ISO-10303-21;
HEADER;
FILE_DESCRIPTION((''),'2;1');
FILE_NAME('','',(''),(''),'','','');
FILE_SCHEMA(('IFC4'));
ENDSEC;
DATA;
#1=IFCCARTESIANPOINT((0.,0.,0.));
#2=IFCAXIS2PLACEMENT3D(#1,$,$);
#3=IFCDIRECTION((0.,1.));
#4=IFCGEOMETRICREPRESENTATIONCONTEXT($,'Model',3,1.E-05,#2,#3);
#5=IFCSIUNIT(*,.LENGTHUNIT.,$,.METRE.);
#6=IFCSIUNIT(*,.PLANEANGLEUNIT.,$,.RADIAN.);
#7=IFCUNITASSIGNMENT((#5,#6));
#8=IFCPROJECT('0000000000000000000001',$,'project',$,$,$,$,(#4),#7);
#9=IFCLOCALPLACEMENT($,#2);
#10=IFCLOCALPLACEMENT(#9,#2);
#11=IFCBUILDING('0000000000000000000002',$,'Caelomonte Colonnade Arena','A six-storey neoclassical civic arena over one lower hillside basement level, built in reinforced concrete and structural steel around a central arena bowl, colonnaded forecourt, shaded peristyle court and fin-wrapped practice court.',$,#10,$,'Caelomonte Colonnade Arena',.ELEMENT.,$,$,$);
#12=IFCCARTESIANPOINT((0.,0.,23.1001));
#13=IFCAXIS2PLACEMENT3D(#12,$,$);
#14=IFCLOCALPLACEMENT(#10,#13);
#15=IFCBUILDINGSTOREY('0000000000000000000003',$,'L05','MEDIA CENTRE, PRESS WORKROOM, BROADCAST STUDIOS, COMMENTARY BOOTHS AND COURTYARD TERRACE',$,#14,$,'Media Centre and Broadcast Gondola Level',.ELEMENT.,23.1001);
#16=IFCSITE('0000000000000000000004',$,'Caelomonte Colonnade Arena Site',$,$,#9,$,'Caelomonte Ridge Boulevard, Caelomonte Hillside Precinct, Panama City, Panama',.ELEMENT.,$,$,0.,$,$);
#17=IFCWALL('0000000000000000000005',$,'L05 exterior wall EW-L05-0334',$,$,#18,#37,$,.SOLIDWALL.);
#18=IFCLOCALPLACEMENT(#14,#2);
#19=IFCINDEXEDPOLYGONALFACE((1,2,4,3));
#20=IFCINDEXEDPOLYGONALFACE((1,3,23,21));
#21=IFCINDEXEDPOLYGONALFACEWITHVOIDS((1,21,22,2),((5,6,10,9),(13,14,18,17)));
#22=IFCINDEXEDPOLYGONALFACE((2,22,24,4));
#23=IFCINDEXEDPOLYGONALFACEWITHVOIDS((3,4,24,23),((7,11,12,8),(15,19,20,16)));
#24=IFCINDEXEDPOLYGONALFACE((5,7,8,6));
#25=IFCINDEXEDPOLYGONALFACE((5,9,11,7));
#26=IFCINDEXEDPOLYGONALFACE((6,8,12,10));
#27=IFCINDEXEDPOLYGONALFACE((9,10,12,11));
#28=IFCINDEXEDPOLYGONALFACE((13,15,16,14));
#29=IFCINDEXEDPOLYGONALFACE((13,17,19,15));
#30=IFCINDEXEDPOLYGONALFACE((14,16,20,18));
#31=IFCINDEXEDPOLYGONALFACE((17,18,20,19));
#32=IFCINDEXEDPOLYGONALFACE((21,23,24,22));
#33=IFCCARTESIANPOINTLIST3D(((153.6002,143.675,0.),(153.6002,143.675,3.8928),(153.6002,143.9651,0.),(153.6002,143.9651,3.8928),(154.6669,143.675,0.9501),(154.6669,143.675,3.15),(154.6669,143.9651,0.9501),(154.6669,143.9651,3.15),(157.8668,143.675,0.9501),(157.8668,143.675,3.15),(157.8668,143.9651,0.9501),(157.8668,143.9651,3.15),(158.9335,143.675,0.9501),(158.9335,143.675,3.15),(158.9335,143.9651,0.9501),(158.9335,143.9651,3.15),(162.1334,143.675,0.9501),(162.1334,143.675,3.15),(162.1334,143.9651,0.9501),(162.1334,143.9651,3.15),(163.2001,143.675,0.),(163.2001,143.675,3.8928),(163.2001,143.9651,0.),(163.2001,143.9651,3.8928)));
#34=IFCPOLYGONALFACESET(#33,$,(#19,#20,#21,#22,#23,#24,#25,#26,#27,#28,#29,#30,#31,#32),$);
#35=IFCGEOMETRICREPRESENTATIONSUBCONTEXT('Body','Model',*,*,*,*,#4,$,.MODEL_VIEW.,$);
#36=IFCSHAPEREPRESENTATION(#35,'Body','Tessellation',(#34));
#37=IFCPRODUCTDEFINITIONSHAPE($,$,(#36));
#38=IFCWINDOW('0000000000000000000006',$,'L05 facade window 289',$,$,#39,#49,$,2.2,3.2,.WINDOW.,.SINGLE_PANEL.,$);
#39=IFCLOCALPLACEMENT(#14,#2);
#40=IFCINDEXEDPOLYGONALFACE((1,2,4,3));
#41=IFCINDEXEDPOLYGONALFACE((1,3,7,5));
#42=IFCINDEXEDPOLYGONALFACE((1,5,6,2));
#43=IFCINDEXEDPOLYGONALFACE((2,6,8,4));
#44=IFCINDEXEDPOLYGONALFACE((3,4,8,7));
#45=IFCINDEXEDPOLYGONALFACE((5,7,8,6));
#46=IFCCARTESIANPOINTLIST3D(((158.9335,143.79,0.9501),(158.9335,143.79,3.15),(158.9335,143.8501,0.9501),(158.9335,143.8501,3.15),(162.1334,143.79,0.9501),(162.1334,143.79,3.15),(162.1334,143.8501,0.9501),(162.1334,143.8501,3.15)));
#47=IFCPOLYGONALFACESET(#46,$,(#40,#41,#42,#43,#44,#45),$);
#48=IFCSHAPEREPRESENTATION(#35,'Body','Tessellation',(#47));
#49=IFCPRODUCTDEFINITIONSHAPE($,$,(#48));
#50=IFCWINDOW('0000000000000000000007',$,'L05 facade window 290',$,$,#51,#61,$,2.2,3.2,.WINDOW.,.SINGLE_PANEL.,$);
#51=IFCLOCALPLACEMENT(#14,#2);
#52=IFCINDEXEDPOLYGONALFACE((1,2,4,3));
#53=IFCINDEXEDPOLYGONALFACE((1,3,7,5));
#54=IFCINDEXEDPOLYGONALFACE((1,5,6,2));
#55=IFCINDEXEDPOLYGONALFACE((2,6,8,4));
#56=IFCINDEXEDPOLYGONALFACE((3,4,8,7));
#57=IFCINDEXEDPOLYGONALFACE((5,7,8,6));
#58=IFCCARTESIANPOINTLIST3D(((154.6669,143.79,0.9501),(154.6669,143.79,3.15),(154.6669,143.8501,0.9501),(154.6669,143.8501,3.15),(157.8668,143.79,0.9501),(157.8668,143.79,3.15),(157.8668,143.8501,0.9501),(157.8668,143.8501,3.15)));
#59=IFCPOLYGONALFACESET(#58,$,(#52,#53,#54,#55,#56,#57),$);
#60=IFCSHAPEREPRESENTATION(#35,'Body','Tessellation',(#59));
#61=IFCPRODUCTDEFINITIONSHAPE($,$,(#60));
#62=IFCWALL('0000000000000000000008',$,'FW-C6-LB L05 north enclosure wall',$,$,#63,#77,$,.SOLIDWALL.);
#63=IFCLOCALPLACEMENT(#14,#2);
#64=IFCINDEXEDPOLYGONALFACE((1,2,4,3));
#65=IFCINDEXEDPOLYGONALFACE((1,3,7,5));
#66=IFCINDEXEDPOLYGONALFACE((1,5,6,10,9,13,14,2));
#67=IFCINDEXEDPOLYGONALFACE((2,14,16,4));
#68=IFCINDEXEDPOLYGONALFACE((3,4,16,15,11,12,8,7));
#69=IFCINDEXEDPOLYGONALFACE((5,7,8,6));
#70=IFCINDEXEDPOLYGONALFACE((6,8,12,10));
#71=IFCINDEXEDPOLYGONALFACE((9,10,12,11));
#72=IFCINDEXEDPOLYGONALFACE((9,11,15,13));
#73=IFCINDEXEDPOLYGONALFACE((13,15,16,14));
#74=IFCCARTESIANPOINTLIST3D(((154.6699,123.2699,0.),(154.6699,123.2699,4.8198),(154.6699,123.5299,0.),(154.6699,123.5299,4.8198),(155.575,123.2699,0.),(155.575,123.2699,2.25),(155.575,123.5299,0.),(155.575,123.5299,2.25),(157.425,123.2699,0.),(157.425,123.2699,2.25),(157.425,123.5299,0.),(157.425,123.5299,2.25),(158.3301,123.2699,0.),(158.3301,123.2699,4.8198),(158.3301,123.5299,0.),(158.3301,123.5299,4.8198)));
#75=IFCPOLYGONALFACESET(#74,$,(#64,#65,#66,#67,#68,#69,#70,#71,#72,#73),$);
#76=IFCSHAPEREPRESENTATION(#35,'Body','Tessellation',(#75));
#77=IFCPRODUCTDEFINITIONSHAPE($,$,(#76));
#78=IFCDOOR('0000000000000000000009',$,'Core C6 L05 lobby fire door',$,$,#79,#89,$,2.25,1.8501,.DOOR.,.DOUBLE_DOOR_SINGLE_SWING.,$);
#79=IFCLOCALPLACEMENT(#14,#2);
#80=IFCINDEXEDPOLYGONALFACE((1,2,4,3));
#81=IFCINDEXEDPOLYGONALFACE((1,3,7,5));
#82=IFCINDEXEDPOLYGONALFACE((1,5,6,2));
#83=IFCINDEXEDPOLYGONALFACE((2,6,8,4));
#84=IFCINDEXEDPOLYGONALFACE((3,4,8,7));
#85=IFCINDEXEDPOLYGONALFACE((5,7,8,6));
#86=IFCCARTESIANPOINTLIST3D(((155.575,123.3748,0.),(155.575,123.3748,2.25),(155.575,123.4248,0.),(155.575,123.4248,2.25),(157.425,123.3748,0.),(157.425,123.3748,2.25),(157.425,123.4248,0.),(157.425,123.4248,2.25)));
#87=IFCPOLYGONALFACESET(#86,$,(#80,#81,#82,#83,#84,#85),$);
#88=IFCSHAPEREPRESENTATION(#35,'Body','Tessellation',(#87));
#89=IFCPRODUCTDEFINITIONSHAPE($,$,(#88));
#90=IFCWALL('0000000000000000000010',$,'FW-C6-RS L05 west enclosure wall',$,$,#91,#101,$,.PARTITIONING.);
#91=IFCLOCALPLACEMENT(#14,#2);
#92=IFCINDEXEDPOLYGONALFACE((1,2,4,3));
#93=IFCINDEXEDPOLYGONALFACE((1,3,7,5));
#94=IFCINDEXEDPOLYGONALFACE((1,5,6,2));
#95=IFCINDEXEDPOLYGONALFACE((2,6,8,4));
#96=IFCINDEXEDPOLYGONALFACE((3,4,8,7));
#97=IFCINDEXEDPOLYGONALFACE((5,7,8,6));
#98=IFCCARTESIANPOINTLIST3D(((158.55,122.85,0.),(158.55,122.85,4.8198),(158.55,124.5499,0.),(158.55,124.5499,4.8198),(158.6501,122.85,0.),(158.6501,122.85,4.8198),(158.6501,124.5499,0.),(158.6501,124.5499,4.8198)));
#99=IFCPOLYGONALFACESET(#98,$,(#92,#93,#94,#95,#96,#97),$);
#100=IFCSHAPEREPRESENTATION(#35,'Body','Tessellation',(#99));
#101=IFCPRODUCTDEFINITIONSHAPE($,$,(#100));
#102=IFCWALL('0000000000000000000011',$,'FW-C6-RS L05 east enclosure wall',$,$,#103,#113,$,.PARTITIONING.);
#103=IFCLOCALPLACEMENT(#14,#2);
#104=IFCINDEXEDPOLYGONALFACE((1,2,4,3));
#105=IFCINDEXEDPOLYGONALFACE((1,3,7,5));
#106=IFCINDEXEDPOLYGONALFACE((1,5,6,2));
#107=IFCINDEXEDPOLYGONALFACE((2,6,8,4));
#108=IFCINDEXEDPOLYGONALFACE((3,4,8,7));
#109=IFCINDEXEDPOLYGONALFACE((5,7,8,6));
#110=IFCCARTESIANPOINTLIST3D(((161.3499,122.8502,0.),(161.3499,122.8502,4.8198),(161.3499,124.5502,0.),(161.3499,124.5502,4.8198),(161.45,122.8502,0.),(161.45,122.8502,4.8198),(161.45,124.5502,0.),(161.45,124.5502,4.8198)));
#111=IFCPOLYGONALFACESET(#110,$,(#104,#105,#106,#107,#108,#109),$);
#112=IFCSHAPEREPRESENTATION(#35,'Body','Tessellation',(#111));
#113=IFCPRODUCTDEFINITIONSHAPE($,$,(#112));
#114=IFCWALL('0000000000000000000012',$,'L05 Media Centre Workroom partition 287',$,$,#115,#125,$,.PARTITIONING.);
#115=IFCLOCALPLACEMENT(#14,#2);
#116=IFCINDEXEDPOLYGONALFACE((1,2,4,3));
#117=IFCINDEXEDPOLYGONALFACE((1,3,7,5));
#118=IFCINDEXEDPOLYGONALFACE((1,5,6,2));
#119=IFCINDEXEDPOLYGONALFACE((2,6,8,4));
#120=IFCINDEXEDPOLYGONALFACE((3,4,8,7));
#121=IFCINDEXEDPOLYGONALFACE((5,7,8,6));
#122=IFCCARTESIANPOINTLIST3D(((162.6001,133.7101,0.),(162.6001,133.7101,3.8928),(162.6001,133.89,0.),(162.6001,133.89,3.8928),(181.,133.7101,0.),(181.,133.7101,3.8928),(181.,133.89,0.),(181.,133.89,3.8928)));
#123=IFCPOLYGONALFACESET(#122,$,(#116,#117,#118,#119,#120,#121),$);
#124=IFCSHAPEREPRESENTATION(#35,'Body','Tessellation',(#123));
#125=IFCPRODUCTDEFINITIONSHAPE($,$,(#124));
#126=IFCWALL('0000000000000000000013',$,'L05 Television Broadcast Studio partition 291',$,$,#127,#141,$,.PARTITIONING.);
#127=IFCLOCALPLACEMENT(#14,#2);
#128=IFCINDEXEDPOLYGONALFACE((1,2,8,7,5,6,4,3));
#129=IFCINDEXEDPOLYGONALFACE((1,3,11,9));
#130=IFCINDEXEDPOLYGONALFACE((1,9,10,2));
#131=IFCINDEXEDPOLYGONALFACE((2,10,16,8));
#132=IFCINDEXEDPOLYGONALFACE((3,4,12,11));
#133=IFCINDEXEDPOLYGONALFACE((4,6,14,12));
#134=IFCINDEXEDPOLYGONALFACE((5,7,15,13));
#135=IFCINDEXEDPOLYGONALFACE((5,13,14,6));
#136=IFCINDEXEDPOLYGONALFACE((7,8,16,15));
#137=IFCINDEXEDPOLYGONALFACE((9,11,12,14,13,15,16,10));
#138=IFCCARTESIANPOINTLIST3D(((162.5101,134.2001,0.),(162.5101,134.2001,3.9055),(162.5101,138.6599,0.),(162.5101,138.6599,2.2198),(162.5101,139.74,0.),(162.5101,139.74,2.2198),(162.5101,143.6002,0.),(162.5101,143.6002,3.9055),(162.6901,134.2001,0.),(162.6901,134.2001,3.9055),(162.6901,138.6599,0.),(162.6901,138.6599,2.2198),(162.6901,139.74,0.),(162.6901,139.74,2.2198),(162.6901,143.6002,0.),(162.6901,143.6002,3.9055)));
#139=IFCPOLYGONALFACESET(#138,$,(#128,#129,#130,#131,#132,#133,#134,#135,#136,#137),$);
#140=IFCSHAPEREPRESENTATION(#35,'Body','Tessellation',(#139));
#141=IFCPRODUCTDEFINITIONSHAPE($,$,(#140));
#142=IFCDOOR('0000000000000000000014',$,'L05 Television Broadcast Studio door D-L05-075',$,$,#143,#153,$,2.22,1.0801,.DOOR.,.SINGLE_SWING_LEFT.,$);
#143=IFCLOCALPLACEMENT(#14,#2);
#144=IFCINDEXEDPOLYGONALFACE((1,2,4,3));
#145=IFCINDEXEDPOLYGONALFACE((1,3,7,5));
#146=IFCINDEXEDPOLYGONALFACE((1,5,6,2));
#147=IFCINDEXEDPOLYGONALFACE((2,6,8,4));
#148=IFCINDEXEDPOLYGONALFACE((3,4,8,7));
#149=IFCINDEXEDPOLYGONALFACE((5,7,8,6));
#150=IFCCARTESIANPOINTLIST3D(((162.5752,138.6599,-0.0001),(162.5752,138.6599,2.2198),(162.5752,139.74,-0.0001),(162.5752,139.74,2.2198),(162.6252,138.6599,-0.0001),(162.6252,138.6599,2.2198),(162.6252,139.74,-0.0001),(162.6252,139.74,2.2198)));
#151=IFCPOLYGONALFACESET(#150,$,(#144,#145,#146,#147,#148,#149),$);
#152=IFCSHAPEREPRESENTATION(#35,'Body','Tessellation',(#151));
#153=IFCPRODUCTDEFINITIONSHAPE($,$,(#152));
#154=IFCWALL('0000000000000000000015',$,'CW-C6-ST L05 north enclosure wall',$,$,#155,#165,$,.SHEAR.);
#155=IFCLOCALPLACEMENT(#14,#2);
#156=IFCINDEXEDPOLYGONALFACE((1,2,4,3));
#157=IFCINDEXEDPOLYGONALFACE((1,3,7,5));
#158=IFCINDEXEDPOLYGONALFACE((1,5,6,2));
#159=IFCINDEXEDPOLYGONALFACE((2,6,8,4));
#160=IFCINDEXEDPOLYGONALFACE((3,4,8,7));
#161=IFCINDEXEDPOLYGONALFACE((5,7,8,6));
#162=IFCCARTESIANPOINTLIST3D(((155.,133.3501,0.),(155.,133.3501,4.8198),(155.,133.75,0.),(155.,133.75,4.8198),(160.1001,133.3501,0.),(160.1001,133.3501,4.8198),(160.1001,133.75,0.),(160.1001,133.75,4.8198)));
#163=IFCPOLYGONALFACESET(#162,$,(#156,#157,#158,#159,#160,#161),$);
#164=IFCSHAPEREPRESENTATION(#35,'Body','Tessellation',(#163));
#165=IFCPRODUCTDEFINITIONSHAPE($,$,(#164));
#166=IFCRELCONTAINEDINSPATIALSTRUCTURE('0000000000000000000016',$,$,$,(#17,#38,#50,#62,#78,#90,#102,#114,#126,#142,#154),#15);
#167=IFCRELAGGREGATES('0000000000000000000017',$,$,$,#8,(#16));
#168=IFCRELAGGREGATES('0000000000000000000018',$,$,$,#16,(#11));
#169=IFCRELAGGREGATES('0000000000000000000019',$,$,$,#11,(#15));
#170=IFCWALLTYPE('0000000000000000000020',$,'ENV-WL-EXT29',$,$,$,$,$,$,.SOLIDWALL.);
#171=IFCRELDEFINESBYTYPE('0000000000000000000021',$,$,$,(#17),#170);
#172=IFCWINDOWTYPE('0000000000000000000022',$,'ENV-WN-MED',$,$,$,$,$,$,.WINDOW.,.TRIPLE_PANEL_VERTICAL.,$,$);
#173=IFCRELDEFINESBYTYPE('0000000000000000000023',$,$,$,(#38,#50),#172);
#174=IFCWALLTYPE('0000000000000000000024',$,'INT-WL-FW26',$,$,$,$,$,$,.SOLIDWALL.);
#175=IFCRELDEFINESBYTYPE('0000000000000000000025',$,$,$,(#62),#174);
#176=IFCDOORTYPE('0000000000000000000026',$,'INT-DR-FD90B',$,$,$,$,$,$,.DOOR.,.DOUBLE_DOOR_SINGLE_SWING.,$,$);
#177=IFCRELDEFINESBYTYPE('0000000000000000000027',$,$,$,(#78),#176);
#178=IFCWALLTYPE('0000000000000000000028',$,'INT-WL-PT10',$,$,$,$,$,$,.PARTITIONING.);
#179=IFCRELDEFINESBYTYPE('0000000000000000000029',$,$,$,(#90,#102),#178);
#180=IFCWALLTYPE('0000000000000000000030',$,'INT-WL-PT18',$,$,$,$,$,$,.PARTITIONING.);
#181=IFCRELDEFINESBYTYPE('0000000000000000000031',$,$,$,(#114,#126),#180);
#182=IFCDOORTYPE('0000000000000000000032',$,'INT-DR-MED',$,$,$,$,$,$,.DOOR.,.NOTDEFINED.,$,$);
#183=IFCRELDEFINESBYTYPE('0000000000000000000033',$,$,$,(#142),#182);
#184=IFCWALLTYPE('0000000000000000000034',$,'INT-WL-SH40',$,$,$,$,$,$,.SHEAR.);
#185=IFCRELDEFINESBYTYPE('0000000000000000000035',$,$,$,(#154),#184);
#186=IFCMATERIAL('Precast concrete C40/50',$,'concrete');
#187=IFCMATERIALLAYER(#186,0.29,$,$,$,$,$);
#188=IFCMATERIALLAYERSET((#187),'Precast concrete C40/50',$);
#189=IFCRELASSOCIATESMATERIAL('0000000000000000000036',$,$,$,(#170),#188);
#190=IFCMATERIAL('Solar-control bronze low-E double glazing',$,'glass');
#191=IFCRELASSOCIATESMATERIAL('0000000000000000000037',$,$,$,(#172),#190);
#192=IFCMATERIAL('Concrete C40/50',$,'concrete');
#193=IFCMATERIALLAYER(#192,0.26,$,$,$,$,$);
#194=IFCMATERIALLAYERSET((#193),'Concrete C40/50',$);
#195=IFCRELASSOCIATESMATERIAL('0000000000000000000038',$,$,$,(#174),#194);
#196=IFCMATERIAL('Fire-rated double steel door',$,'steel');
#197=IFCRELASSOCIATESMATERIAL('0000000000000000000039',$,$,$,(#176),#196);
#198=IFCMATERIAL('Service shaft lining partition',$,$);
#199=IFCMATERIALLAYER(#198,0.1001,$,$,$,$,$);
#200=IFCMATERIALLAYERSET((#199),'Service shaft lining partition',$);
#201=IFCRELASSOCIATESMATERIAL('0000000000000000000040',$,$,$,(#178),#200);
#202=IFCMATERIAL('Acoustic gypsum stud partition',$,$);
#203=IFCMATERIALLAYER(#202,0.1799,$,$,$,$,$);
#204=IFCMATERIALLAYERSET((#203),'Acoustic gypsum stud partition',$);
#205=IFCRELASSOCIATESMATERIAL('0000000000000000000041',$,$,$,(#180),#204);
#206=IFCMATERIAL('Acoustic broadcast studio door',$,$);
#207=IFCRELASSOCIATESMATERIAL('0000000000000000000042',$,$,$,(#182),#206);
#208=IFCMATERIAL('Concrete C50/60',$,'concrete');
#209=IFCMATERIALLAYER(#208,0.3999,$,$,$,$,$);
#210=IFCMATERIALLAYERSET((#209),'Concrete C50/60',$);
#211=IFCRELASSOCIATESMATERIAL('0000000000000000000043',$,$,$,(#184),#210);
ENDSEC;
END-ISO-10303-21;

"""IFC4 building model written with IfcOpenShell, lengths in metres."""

from ifc_helpers import new_model, si_unit, direction, frame, frame_2d, origin, place, context, subcontext, project, spatial, rectangle, extrude, material, layer, layer_set, type_object, element, fill, save


model = new_model("IFC4")

# Units and contexts
model_context = context("Model", 3, precision=1e-05, world=origin(), true_north=direction((0.0, 1.0)))
body_context = subcontext(model_context, "Body", "Model", "MODEL_VIEW")
ifc_project = project(units=[si_unit("LENGTHUNIT", "METRE"), si_unit("PLANEANGLEUNIT", "RADIAN")], contexts=[model_context])

# Site, building, storey
site_placement = place(None, origin())
site = spatial("IfcSite", under=ifc_project, at=site_placement, Name="Caelomonte Colonnade Arena Site", LongName="Caelomonte Ridge Boulevard, Caelomonte Hillside Precinct, Panama City, Panama", CompositionType="ELEMENT", RefElevation=0.0)
building_placement = place(site_placement, origin())
building = spatial("IfcBuilding", under=site, at=building_placement, Name="Caelomonte Colonnade Arena", Description="A six-storey neoclassical civic arena over one lower hillside basement level, built in reinforced concrete and structural steel around a central arena bowl, colonnaded forecourt, shaded peristyle court and fin-wrapped practice court.", LongName="Caelomonte Colonnade Arena", CompositionType="ELEMENT")
storey_placement = place(building_placement, frame((0.0, 0.0, 23.1001)))
storey = spatial("IfcBuildingStorey", under=building, at=storey_placement, Name="L05", Description="MEDIA CENTRE, PRESS WORKROOM, BROADCAST STUDIOS, COMMENTARY BOOTHS AND COURTYARD TERRACE", LongName="Media Centre and Broadcast Gondola Level", CompositionType="ELEMENT", Elevation=23.1001)

# Shared definitions
ifc_material_1 = material(Name="Concrete C40/50", Category="concrete")

# Wall, openings, windows
ifc_material_2 = material(Name="Precast concrete C40/50", Category="concrete")
ifc_layer_1 = layer(ifc_material_2, 0.29)
ifc_layer_set_1 = layer_set([ifc_layer_1], Name="Precast concrete C40/50")
wall_type_1 = type_object("IfcWallType", Name="ENV-WL-EXT29", PredefinedType="SOLIDWALL", material=ifc_layer_set_1)
wall_1_placement = place(storey_placement, frame((163.2, 143.8201, 0.0), z_axis=(0.0, 0.0, 1.0), x_axis=(-1.0, 0.0, 0.0)))
wall_1 = element("IfcWall", 1, at=wall_1_placement, inside=storey, type_object=wall_type_1, Name="L05 exterior wall EW-L05-0334", PredefinedType="SOLIDWALL", context=body_context, shape_type="SweptSolid", body=[
    extrude(rectangle(XDim=9.5999, YDim=0.29, at=frame_2d((4.7998, 0.0))), origin(), (0.0, 0.0, 1.0), 3.8928),
])
opening_1_placement = place(wall_1_placement, frame((4.2666, 0.0, 0.95), z_axis=(0.0, 0.0, 1.0), x_axis=(-1.0, 0.0, 0.0)))
opening_1 = element("IfcOpeningElement", 2, at=opening_1_placement, cuts=wall_1, PredefinedType="OPENING", context=body_context, shape_type="SweptSolid", body=[
    extrude(rectangle(XDim=3.2, YDim=2.2, at=frame_2d((1.6001, 1.1001))), frame((0.0, 0.155, 0.0), z_axis=(0.0, -1.0, 0.0), x_axis=(1.0, 0.0, 0.0)), (0.0, 0.0, 1.0), 0.3101),
])
opening_2_placement = place(wall_1_placement, frame((8.5332, 0.0, 0.95), z_axis=(0.0, 0.0, 1.0), x_axis=(-1.0, 0.0, 0.0)))
opening_2 = element("IfcOpeningElement", 3, at=opening_2_placement, cuts=wall_1, PredefinedType="OPENING", context=body_context, shape_type="SweptSolid", body=[
    extrude(rectangle(XDim=3.2, YDim=2.2, at=frame_2d((1.6001, 1.1001))), frame((0.0, 0.155, 0.0), z_axis=(0.0, -1.0, 0.0), x_axis=(1.0, 0.0, 0.0)), (0.0, 0.0, 1.0), 0.3101),
])
ifc_material_3 = material(Name="Solar-control bronze low-E double glazing", Category="glass")
window_type = type_object("IfcWindowType", Name="ENV-WN-MED", PartitioningType="TRIPLE_PANEL_VERTICAL", PredefinedType="WINDOW", material=ifc_material_3)
window_1_placement = place(opening_1_placement, origin())
window_1 = element("IfcWindow", 4, at=window_1_placement, inside=storey, type_object=window_type, Name="L05 facade window 289", OverallHeight=2.2, OverallWidth=3.2, PartitioningType="SINGLE_PANEL", PredefinedType="WINDOW", context=body_context, shape_type="SweptSolid", body=[
    extrude(rectangle(XDim=3.2, YDim=2.2, at=frame_2d((1.6001, 1.1001))), frame((0.0, 0.03, 0.0), z_axis=(0.0, -1.0, 0.0), x_axis=(1.0, 0.0, 0.0)), (0.0, 0.0, 1.0), 0.0601),
])
fill(opening_1, window_1)
window_2_placement = place(opening_2_placement, origin())
window_2 = element("IfcWindow", 5, at=window_2_placement, inside=storey, type_object=window_type, Name="L05 facade window 290", OverallHeight=2.2, OverallWidth=3.2, PartitioningType="SINGLE_PANEL", PredefinedType="WINDOW", context=body_context, shape_type="SweptSolid", body=[
    extrude(rectangle(XDim=3.2, YDim=2.2, at=frame_2d((1.6001, 1.1001))), frame((0.0, 0.03, 0.0), z_axis=(0.0, -1.0, 0.0), x_axis=(1.0, 0.0, 0.0)), (0.0, 0.0, 1.0), 0.0601),
])
fill(opening_2, window_2)

# Wall, opening, door
ifc_layer_2 = layer(ifc_material_1, 0.26)
ifc_layer_set_2 = layer_set([ifc_layer_2], Name="Concrete C40/50")
wall_type_2 = type_object("IfcWallType", Name="INT-WL-FW26", PredefinedType="SOLIDWALL", material=ifc_layer_set_2)
wall_2_placement = place(storey_placement, frame((158.3301, 123.3999, 0.0), z_axis=(0.0, 0.0, 1.0), x_axis=(-1.0, 0.0, 0.0)))
wall_2 = element("IfcWall", 6, at=wall_2_placement, inside=storey, type_object=wall_type_2, Name="FW-C6-LB L05 north enclosure wall", PredefinedType="SOLIDWALL", context=body_context, shape_type="SweptSolid", body=[
    extrude(rectangle(XDim=3.6602, YDim=0.26, at=frame_2d((1.8301, 0.0))), origin(), (0.0, 0.0, 1.0), 4.8198),
])
opening_3_placement = place(wall_2_placement, frame((2.7551, 0.0, 0.0), z_axis=(0.0, 0.0, 1.0), x_axis=(-1.0, 0.0, 0.0)))
opening_3 = element("IfcOpeningElement", 7, at=opening_3_placement, cuts=wall_2, PredefinedType="OPENING", context=body_context, shape_type="SweptSolid", body=[
    extrude(rectangle(XDim=1.8501, YDim=2.25, at=frame_2d((0.925, 1.125))), frame((0.0, 0.1399, 0.0), z_axis=(0.0, -1.0, 0.0), x_axis=(1.0, 0.0, 0.0)), (0.0, 0.0, 1.0), 0.28),
])
ifc_material_4 = material(Name="Fire-rated double steel door", Category="steel")
door_type_1 = type_object("IfcDoorType", Name="INT-DR-FD90B", OperationType="DOUBLE_DOOR_SINGLE_SWING", PredefinedType="DOOR", material=ifc_material_4)
door_1_placement = place(opening_3_placement, origin())
door_1 = element("IfcDoor", 8, at=door_1_placement, inside=storey, type_object=door_type_1, Name="Core C6 L05 lobby fire door", OperationType="DOUBLE_DOOR_SINGLE_SWING", OverallHeight=2.25, OverallWidth=1.8501, PredefinedType="DOOR", context=body_context, shape_type="SweptSolid", body=[
    extrude(rectangle(XDim=1.8501, YDim=2.25, at=frame_2d((0.925, 1.125))), frame((0.0, 0.0249, 0.0), z_axis=(0.0, -1.0, 0.0), x_axis=(1.0, 0.0, 0.0)), (0.0, 0.0, 1.0), 0.05),
])
fill(opening_3, door_1)

# Walls
ifc_material_5 = material(Name="Service shaft lining partition")
ifc_layer_3 = layer(ifc_material_5, 0.1001)
ifc_layer_set_3 = layer_set([ifc_layer_3], Name="Service shaft lining partition")
wall_type_3 = type_object("IfcWallType", Name="INT-WL-PT10", PredefinedType="PARTITIONING", material=ifc_layer_set_3)
for number, where, z_axis, x_axis, name in (
    (9, (158.6001, 124.55, 0.0), (0.0, 0.0, 1.0), (0.0, -1.0, 0.0), "FW-C6-RS L05 west enclosure wall"),
    (10, (161.3999, 122.8501, 0.0), (0.0, 0.0, 1.0), (0.0, 1.0, 0.0), "FW-C6-RS L05 east enclosure wall"),
):
    element("IfcWall", number, at=place(storey_placement, frame(where, z_axis=z_axis, x_axis=x_axis)), inside=storey, type_object=wall_type_3, Name=name, PredefinedType="PARTITIONING", context=body_context, shape_type="SweptSolid", body=[
        extrude(rectangle(XDim=1.7, YDim=0.1001, at=frame_2d((0.8501, 0.0))), origin(), (0.0, 0.0, 1.0), 4.8198),
    ])
ifc_material_6 = material(Name="Acoustic gypsum stud partition")
ifc_layer_4 = layer(ifc_material_6, 0.1799)
ifc_layer_set_4 = layer_set([ifc_layer_4], Name="Acoustic gypsum stud partition")
wall_type_4 = type_object("IfcWallType", Name="INT-WL-PT18", PredefinedType="PARTITIONING", material=ifc_layer_set_4)
wall_3_placement = place(storey_placement, frame((162.6001, 133.8, 0.0), z_axis=(0.0, 0.0, 1.0), x_axis=(1.0, 0.0, 0.0)))
element("IfcWall", 11, at=wall_3_placement, inside=storey, type_object=wall_type_4, Name="L05 Media Centre Workroom partition 287", PredefinedType="PARTITIONING", context=body_context, shape_type="SweptSolid", body=[
    extrude(rectangle(XDim=18.3999, YDim=0.1799, at=frame_2d((9.2, 0.0))), origin(), (0.0, 0.0, 1.0), 3.8928),
])

# Wall, opening, door
wall_4_placement = place(storey_placement, frame((162.6001, 134.2, 0.0), z_axis=(0.0, 0.0, 1.0), x_axis=(0.0, 1.0, 0.0)))
wall_4 = element("IfcWall", 12, at=wall_4_placement, inside=storey, type_object=wall_type_4, Name="L05 Television Broadcast Studio partition 291", PredefinedType="PARTITIONING", context=body_context, shape_type="SweptSolid", body=[
    extrude(rectangle(XDim=9.4001, YDim=0.1799, at=frame_2d((4.7002, 0.0))), origin(), (0.0, 0.0, 1.0), 3.9055),
])
opening_4_placement = place(wall_4_placement, frame((4.46, 0.0, 0.0), z_axis=(0.0, 0.0, 1.0), x_axis=(1.0, 0.0, 0.0)))
opening_4 = element("IfcOpeningElement", 13, at=opening_4_placement, cuts=wall_4, PredefinedType="OPENING", context=body_context, shape_type="SweptSolid", body=[
    extrude(rectangle(XDim=1.0801, YDim=2.22, at=frame_2d((0.54, 1.1099))), frame((0.0, 0.0999, 0.0), z_axis=(0.0, -1.0, 0.0), x_axis=(1.0, 0.0, 0.0)), (0.0, 0.0, 1.0), 0.2),
])
ifc_material_7 = material(Name="Acoustic broadcast studio door")
door_type_2 = type_object("IfcDoorType", Name="INT-DR-MED", OperationType="NOTDEFINED", PredefinedType="DOOR", material=ifc_material_7)
door_2_placement = place(opening_4_placement, origin())
door_2 = element("IfcDoor", 14, at=door_2_placement, inside=storey, type_object=door_type_2, Name="L05 Television Broadcast Studio door D-L05-075", OperationType="SINGLE_SWING_LEFT", OverallHeight=2.22, OverallWidth=1.0801, PredefinedType="DOOR", context=body_context, shape_type="SweptSolid", body=[
    extrude(rectangle(XDim=1.0801, YDim=2.22, at=frame_2d((0.54, 1.1099))), frame((0.0, 0.0249, 0.0), z_axis=(0.0, -1.0, 0.0), x_axis=(1.0, 0.0, 0.0)), (0.0, 0.0, 1.0), 0.05),
])
fill(opening_4, door_2)

# Wall
ifc_material_8 = material(Name="Concrete C50/60", Category="concrete")
ifc_layer_5 = layer(ifc_material_8, 0.3999)
ifc_layer_set_5 = layer_set([ifc_layer_5], Name="Concrete C50/60")
wall_type_5 = type_object("IfcWallType", Name="INT-WL-SH40", PredefinedType="SHEAR", material=ifc_layer_set_5)
wall_5_placement = place(storey_placement, frame((160.1001, 133.55, 0.0), z_axis=(0.0, 0.0, 1.0), x_axis=(-1.0, 0.0, 0.0)))
element("IfcWall", 15, at=wall_5_placement, inside=storey, type_object=wall_type_5, Name="CW-C6-ST L05 north enclosure wall", PredefinedType="SHEAR", context=body_context, shape_type="SweptSolid", body=[
    extrude(rectangle(XDim=5.1001, YDim=0.3999, at=frame_2d((2.55, 0.0))), origin(), (0.0, 0.0, 1.0), 4.8198),
])

save(model, "model.ifc")
